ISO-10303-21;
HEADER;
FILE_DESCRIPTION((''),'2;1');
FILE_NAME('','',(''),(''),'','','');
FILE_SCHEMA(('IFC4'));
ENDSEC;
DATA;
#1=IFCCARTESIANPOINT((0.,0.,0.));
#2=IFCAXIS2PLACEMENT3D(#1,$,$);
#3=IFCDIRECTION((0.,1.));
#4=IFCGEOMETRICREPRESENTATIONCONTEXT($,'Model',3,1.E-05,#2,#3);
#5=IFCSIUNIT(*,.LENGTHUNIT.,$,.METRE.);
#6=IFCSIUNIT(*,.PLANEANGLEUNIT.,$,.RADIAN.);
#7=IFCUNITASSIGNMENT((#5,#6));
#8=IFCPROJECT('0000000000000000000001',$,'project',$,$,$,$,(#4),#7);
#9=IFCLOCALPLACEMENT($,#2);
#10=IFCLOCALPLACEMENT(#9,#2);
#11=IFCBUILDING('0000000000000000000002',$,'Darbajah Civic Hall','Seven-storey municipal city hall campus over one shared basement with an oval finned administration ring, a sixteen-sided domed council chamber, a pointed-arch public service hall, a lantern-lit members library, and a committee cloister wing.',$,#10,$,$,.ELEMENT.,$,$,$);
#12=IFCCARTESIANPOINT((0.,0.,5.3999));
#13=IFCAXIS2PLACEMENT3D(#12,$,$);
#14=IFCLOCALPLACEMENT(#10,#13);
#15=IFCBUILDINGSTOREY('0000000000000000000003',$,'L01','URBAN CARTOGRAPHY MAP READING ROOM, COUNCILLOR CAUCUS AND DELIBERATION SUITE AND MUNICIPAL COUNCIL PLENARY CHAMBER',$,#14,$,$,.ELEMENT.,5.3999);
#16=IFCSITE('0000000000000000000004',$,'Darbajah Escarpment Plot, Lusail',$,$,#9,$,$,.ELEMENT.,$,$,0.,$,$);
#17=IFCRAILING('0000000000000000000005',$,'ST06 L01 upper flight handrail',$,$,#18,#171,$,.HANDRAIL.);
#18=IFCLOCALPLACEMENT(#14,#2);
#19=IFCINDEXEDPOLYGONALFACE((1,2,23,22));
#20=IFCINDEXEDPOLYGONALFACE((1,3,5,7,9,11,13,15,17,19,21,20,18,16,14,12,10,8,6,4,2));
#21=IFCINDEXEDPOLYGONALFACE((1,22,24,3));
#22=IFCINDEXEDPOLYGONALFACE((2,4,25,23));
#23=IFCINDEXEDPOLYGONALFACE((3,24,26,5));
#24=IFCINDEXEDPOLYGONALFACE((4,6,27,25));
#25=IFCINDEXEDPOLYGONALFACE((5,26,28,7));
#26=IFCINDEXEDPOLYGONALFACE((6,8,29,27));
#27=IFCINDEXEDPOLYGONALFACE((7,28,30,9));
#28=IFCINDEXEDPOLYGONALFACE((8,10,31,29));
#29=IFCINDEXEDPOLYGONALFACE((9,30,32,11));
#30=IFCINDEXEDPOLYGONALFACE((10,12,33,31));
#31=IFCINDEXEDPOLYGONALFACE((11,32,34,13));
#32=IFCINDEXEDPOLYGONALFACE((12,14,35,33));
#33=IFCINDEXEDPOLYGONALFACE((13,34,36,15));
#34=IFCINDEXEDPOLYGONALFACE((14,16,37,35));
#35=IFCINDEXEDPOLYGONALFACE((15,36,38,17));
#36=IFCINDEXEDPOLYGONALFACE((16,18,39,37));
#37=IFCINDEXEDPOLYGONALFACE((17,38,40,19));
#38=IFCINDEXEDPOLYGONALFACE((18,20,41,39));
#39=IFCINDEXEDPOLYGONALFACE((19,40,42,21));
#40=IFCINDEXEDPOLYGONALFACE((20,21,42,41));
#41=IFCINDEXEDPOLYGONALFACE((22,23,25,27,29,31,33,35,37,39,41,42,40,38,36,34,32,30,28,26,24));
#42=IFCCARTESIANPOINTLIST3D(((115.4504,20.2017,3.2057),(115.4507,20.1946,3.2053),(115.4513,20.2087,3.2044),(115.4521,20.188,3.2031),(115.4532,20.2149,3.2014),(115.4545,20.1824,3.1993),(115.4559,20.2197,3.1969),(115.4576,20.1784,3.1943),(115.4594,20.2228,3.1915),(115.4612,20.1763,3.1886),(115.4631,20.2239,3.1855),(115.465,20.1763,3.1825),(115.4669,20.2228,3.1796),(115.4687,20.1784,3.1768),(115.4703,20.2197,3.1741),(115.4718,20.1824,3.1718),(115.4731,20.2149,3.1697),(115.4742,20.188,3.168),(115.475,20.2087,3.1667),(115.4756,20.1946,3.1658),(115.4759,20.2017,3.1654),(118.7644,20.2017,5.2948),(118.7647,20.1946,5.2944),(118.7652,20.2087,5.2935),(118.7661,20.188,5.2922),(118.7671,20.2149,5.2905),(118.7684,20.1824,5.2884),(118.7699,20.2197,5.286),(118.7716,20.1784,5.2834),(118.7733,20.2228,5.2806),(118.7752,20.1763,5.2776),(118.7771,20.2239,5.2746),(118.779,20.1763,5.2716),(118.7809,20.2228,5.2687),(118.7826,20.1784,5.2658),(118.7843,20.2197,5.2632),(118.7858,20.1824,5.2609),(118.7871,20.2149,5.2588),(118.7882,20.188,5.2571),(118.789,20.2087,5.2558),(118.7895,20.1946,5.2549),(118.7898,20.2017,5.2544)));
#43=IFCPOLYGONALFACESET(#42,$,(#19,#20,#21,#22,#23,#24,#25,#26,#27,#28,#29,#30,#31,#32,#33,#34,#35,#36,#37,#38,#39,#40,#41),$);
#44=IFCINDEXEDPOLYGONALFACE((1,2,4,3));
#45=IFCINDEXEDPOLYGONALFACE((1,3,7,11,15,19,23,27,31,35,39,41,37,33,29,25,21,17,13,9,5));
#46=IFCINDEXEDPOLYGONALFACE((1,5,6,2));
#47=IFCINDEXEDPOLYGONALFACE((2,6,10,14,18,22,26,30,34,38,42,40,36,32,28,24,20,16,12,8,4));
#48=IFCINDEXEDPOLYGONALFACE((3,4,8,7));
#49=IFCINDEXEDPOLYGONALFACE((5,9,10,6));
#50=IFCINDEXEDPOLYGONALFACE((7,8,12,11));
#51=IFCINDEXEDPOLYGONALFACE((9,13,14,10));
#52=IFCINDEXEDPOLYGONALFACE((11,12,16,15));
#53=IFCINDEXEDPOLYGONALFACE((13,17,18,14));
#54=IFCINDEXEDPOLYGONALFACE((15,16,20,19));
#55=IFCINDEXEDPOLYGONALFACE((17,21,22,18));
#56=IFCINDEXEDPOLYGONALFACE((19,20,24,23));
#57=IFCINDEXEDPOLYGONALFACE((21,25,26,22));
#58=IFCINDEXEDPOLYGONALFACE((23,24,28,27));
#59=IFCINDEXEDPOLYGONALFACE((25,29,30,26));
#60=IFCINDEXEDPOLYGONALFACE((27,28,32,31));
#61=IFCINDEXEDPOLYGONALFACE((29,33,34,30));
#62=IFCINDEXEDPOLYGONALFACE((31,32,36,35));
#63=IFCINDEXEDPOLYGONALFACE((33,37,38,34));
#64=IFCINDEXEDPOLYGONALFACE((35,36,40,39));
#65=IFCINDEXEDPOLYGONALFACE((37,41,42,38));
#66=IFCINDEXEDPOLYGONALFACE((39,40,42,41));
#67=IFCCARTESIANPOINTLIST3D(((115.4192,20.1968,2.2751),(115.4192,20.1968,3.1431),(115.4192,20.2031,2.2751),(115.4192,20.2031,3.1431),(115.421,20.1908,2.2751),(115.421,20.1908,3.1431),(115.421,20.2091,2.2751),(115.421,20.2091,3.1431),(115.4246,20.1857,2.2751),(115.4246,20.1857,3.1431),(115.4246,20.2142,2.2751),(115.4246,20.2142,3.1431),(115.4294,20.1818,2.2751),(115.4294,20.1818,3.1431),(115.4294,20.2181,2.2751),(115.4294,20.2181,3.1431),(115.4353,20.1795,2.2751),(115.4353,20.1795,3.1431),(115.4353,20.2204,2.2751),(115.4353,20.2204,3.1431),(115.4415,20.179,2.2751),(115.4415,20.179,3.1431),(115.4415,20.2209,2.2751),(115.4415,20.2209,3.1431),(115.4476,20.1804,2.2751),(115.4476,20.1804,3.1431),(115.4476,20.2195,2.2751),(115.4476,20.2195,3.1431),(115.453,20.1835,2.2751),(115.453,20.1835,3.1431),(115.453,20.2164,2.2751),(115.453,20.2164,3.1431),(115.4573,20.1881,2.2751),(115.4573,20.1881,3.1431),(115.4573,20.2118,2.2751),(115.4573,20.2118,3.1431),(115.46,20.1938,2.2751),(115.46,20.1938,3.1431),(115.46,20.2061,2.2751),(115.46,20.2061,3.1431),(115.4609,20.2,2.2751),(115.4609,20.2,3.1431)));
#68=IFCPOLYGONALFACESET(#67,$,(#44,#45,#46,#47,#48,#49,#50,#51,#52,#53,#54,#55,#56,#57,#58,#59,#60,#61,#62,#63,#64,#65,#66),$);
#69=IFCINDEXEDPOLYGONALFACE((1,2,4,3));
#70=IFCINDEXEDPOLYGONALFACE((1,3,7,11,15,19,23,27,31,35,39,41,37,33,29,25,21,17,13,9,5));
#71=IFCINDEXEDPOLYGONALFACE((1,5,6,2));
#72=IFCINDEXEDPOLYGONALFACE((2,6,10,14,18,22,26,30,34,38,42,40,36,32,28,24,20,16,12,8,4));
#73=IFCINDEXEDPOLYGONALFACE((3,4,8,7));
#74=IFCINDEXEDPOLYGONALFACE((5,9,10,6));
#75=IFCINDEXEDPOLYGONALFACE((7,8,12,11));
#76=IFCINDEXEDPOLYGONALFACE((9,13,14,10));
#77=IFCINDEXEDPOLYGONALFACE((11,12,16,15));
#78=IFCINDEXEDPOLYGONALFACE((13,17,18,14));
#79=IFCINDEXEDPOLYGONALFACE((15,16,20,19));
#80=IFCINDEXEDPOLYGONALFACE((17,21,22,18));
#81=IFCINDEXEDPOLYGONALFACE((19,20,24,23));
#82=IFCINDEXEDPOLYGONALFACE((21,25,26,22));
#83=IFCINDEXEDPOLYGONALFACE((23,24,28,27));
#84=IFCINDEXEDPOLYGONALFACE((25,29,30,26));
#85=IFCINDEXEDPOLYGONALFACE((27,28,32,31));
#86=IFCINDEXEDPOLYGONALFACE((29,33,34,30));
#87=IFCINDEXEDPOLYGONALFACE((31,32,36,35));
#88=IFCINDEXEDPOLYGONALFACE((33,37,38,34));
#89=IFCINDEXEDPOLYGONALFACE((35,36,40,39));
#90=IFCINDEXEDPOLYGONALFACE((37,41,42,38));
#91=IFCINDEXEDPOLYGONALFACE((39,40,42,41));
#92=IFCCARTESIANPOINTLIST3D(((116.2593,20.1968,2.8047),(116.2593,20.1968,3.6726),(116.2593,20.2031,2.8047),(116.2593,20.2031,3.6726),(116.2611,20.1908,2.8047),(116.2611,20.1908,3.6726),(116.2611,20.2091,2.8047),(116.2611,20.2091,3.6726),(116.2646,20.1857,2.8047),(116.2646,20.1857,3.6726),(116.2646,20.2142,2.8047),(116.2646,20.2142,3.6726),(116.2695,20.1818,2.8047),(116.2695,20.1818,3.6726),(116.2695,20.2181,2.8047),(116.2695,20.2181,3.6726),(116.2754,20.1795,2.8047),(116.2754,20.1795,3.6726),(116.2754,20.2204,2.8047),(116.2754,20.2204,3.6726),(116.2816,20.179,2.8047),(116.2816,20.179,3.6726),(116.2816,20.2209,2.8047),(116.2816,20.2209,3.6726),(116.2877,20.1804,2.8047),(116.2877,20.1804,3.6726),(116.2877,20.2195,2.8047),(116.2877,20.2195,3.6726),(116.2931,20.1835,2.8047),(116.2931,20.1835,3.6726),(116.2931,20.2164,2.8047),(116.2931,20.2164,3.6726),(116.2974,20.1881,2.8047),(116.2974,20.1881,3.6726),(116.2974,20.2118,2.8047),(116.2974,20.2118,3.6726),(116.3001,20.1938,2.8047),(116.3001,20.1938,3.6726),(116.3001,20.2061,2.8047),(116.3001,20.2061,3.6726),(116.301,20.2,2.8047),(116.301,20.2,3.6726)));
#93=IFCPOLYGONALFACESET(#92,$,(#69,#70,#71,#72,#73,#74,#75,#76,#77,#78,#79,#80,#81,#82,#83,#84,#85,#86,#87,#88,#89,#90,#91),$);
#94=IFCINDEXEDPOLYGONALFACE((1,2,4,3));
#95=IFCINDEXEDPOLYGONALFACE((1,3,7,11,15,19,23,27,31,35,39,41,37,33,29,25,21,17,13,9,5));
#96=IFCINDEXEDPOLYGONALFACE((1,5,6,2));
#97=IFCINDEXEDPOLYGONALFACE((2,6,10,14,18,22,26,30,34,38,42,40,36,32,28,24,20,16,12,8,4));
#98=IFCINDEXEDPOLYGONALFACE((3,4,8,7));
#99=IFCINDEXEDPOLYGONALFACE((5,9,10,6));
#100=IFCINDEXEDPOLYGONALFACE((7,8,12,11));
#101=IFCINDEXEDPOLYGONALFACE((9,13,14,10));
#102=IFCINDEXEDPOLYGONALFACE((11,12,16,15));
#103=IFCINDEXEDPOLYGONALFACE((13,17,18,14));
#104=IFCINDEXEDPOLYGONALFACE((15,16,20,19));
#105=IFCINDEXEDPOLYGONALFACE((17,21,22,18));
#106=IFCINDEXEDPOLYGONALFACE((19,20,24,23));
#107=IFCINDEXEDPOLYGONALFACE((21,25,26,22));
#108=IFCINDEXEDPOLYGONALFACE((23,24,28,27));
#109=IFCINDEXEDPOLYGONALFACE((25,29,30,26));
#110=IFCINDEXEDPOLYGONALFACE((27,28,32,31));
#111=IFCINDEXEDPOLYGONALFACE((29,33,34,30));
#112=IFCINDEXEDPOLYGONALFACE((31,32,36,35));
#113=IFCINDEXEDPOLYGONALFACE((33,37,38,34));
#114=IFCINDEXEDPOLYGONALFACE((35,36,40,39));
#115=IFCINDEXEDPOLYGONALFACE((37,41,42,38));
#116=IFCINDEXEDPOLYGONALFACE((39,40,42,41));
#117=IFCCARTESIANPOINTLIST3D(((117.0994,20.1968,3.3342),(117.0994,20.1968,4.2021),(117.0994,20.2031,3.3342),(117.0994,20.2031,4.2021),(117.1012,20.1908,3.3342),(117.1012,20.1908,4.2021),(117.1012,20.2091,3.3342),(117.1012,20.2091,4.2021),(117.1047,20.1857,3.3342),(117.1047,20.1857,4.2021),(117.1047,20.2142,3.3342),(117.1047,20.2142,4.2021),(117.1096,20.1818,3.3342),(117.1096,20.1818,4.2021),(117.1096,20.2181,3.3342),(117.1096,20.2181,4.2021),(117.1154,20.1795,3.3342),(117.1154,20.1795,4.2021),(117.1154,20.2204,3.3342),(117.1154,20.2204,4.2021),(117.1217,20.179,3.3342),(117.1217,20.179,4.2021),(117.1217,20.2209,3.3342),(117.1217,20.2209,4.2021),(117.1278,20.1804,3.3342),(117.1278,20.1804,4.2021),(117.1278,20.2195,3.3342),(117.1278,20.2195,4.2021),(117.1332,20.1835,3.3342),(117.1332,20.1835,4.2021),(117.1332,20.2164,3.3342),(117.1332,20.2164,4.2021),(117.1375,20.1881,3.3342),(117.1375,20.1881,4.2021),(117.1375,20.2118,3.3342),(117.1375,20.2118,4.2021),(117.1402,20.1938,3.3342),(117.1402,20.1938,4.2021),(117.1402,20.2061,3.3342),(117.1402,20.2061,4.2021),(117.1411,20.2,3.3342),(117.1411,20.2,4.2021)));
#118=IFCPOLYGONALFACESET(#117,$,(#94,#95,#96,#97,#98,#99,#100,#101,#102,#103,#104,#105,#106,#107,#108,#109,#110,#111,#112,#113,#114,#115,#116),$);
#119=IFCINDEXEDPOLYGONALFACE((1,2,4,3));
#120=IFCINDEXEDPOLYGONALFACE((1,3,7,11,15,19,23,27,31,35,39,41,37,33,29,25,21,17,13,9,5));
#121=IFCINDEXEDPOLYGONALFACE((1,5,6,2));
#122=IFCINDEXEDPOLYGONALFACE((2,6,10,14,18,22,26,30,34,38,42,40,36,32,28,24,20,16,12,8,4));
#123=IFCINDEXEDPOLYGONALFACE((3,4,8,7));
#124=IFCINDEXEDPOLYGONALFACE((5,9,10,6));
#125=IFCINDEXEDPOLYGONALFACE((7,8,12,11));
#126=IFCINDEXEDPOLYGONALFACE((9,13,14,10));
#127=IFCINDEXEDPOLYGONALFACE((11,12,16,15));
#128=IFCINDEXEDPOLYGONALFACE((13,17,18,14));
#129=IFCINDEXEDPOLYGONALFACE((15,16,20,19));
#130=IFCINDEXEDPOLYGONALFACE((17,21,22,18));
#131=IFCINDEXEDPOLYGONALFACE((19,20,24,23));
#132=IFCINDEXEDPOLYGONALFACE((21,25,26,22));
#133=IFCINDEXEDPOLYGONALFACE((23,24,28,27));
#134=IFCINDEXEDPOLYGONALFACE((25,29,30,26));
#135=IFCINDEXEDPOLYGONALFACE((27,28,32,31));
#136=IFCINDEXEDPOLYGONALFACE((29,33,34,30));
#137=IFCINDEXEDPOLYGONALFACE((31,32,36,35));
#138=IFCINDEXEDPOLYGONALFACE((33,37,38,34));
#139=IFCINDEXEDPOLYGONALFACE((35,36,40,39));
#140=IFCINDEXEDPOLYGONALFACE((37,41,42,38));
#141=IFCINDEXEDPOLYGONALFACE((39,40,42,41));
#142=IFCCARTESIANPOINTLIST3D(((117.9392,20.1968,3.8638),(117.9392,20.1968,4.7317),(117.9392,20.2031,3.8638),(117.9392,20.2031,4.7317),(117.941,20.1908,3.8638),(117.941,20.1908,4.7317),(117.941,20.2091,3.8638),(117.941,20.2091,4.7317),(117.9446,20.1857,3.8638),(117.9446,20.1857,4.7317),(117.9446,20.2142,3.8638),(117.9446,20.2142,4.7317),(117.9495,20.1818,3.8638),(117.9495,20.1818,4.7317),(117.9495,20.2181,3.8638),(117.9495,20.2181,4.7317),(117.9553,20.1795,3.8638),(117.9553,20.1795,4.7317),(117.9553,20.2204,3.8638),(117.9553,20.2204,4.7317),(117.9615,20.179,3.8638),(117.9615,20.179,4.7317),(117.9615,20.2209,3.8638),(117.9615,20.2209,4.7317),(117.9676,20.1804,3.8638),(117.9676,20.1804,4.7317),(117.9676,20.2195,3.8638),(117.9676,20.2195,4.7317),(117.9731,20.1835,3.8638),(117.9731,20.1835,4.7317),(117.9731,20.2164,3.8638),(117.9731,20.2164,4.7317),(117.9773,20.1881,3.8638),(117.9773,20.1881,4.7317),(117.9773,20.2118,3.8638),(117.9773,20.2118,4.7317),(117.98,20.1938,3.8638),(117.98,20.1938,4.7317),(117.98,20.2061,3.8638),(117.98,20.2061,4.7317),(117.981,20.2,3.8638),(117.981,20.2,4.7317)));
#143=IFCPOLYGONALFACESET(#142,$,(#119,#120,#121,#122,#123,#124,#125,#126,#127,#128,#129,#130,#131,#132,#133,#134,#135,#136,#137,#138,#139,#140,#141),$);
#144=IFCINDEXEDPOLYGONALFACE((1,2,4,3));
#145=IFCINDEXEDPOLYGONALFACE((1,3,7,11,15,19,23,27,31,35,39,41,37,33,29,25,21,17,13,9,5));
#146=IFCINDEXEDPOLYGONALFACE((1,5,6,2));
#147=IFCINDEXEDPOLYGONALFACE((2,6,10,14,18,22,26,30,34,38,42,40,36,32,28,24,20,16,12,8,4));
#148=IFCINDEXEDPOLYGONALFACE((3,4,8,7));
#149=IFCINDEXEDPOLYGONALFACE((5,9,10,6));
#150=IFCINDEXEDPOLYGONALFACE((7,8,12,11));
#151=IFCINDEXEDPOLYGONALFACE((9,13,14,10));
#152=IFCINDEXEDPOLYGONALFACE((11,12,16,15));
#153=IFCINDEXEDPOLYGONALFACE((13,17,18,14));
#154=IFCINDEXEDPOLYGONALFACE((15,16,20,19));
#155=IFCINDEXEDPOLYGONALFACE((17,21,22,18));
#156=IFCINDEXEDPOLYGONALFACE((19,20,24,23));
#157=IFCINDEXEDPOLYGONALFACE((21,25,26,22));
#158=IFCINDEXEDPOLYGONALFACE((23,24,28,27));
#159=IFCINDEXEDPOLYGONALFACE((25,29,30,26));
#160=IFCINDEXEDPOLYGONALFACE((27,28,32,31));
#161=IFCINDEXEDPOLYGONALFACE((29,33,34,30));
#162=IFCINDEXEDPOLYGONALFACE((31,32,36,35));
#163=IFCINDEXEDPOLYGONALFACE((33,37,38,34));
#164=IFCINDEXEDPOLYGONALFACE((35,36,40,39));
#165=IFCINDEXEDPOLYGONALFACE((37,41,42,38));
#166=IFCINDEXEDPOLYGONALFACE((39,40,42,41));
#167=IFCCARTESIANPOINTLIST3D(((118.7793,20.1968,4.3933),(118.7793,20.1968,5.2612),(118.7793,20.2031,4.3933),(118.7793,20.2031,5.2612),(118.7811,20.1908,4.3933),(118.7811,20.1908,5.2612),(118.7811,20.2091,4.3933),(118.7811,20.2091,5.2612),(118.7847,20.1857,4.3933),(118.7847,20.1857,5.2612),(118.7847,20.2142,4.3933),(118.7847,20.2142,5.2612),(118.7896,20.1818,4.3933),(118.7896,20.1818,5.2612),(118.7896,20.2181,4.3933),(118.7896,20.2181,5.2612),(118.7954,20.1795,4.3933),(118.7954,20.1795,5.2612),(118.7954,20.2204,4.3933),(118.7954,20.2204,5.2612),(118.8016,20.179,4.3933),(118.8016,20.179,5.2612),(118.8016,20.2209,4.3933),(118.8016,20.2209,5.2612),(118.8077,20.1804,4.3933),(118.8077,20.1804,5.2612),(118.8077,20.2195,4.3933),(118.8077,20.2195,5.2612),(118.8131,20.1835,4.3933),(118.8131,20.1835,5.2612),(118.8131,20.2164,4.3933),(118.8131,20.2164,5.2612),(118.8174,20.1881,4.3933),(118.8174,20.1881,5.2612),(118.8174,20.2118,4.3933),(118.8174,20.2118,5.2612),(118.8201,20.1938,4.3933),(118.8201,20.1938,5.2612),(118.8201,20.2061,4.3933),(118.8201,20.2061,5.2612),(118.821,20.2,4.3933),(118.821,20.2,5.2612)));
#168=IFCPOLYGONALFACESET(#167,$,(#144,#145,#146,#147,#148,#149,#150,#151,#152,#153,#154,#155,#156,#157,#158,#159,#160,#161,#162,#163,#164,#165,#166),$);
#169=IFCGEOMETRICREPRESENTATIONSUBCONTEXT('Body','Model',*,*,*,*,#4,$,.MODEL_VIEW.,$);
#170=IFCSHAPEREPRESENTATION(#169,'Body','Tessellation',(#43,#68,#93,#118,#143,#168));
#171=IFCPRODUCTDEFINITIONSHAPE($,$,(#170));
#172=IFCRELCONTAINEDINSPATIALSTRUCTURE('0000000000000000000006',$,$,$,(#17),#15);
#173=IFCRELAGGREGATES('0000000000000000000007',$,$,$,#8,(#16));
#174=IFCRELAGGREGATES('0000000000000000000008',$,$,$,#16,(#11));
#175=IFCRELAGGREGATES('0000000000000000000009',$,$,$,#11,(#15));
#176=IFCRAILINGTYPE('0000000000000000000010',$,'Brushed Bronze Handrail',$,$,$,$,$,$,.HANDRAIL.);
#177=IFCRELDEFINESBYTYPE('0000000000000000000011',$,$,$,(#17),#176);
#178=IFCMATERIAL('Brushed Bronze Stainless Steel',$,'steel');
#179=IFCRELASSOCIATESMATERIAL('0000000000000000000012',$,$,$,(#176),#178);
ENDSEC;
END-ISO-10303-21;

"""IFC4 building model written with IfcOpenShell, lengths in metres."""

from ifc_helpers import new_model, si_unit, direction, frame, origin, origin_2d, place, context, subcontext, project, spatial, circle, extrude, material, type_object, element, save


model = new_model("IFC4")

# Units and contexts
model_context = context("Model", 3, precision=1e-05, world=origin(), true_north=direction((0.0, 1.0)))
body_context = subcontext(model_context, "Body", "Model", "MODEL_VIEW")
ifc_project = project(units=[si_unit("LENGTHUNIT", "METRE"), si_unit("PLANEANGLEUNIT", "RADIAN")], contexts=[model_context])

# Site, building, storey
site_placement = place(None, origin())
site = spatial("IfcSite", under=ifc_project, at=site_placement, Name="Darbajah Escarpment Plot, Lusail", CompositionType="ELEMENT", RefElevation=0.0)
building_placement = place(site_placement, origin())
building = spatial("IfcBuilding", under=site, at=building_placement, Name="Darbajah Civic Hall", Description="Seven-storey municipal city hall campus over one shared basement with an oval finned administration ring, a sixteen-sided domed council chamber, a pointed-arch public service hall, a lantern-lit members library, and a committee cloister wing.", CompositionType="ELEMENT")
storey_placement = place(building_placement, frame((0.0, 0.0, 5.3999)))
storey = spatial("IfcBuildingStorey", under=building, at=storey_placement, Name="L01", Description="URBAN CARTOGRAPHY MAP READING ROOM, COUNCILLOR CAUCUS AND DELIBERATION SUITE AND MUNICIPAL COUNCIL PLENARY CHAMBER", CompositionType="ELEMENT", Elevation=5.3999)

# Railing
ifc_material_1 = material(Name="Brushed Bronze Stainless Steel", Category="steel")
railing_type = type_object("IfcRailingType", Name="Brushed Bronze Handrail", PredefinedType="HANDRAIL", material=ifc_material_1)
railing_1_placement = place(storey_placement, frame((115.4399, 20.2, 2.2751)))
element("IfcRailing", 1, at=railing_1_placement, inside=storey, type_object=railing_type, Name="ST06 L01 upper flight handrail", PredefinedType="HANDRAIL", context=body_context, shape_type="SweptSolid", body=[
    extrude(circle(Radius=0.0239, at=origin_2d()), frame((0.0232, 0.0, 0.9104), z_axis=(0.845944, 0.0, 0.533271), x_axis=(0.0, 1.0, 0.0)), (0.0, 0.0, 1.0), 3.9175),
    extrude(circle(Radius=0.021, at=origin_2d()), origin(), (0.0, 0.0, 1.0), 0.8679),
    extrude(circle(Radius=0.021, at=origin_2d()), frame((0.8401, 0.0, 0.5295)), (0.0, 0.0, 1.0), 0.8679),
    extrude(circle(Radius=0.021, at=origin_2d()), frame((1.6802, 0.0, 1.0591)), (0.0, 0.0, 1.0), 0.8679),
    extrude(circle(Radius=0.021, at=origin_2d()), frame((2.52, 0.0, 1.5886)), (0.0, 0.0, 1.0), 0.8679),
    extrude(circle(Radius=0.021, at=origin_2d()), frame((3.3601, 0.0, 2.1182)), (0.0, 0.0, 1.0), 0.8679),
])

save(model, "model.ifc")
